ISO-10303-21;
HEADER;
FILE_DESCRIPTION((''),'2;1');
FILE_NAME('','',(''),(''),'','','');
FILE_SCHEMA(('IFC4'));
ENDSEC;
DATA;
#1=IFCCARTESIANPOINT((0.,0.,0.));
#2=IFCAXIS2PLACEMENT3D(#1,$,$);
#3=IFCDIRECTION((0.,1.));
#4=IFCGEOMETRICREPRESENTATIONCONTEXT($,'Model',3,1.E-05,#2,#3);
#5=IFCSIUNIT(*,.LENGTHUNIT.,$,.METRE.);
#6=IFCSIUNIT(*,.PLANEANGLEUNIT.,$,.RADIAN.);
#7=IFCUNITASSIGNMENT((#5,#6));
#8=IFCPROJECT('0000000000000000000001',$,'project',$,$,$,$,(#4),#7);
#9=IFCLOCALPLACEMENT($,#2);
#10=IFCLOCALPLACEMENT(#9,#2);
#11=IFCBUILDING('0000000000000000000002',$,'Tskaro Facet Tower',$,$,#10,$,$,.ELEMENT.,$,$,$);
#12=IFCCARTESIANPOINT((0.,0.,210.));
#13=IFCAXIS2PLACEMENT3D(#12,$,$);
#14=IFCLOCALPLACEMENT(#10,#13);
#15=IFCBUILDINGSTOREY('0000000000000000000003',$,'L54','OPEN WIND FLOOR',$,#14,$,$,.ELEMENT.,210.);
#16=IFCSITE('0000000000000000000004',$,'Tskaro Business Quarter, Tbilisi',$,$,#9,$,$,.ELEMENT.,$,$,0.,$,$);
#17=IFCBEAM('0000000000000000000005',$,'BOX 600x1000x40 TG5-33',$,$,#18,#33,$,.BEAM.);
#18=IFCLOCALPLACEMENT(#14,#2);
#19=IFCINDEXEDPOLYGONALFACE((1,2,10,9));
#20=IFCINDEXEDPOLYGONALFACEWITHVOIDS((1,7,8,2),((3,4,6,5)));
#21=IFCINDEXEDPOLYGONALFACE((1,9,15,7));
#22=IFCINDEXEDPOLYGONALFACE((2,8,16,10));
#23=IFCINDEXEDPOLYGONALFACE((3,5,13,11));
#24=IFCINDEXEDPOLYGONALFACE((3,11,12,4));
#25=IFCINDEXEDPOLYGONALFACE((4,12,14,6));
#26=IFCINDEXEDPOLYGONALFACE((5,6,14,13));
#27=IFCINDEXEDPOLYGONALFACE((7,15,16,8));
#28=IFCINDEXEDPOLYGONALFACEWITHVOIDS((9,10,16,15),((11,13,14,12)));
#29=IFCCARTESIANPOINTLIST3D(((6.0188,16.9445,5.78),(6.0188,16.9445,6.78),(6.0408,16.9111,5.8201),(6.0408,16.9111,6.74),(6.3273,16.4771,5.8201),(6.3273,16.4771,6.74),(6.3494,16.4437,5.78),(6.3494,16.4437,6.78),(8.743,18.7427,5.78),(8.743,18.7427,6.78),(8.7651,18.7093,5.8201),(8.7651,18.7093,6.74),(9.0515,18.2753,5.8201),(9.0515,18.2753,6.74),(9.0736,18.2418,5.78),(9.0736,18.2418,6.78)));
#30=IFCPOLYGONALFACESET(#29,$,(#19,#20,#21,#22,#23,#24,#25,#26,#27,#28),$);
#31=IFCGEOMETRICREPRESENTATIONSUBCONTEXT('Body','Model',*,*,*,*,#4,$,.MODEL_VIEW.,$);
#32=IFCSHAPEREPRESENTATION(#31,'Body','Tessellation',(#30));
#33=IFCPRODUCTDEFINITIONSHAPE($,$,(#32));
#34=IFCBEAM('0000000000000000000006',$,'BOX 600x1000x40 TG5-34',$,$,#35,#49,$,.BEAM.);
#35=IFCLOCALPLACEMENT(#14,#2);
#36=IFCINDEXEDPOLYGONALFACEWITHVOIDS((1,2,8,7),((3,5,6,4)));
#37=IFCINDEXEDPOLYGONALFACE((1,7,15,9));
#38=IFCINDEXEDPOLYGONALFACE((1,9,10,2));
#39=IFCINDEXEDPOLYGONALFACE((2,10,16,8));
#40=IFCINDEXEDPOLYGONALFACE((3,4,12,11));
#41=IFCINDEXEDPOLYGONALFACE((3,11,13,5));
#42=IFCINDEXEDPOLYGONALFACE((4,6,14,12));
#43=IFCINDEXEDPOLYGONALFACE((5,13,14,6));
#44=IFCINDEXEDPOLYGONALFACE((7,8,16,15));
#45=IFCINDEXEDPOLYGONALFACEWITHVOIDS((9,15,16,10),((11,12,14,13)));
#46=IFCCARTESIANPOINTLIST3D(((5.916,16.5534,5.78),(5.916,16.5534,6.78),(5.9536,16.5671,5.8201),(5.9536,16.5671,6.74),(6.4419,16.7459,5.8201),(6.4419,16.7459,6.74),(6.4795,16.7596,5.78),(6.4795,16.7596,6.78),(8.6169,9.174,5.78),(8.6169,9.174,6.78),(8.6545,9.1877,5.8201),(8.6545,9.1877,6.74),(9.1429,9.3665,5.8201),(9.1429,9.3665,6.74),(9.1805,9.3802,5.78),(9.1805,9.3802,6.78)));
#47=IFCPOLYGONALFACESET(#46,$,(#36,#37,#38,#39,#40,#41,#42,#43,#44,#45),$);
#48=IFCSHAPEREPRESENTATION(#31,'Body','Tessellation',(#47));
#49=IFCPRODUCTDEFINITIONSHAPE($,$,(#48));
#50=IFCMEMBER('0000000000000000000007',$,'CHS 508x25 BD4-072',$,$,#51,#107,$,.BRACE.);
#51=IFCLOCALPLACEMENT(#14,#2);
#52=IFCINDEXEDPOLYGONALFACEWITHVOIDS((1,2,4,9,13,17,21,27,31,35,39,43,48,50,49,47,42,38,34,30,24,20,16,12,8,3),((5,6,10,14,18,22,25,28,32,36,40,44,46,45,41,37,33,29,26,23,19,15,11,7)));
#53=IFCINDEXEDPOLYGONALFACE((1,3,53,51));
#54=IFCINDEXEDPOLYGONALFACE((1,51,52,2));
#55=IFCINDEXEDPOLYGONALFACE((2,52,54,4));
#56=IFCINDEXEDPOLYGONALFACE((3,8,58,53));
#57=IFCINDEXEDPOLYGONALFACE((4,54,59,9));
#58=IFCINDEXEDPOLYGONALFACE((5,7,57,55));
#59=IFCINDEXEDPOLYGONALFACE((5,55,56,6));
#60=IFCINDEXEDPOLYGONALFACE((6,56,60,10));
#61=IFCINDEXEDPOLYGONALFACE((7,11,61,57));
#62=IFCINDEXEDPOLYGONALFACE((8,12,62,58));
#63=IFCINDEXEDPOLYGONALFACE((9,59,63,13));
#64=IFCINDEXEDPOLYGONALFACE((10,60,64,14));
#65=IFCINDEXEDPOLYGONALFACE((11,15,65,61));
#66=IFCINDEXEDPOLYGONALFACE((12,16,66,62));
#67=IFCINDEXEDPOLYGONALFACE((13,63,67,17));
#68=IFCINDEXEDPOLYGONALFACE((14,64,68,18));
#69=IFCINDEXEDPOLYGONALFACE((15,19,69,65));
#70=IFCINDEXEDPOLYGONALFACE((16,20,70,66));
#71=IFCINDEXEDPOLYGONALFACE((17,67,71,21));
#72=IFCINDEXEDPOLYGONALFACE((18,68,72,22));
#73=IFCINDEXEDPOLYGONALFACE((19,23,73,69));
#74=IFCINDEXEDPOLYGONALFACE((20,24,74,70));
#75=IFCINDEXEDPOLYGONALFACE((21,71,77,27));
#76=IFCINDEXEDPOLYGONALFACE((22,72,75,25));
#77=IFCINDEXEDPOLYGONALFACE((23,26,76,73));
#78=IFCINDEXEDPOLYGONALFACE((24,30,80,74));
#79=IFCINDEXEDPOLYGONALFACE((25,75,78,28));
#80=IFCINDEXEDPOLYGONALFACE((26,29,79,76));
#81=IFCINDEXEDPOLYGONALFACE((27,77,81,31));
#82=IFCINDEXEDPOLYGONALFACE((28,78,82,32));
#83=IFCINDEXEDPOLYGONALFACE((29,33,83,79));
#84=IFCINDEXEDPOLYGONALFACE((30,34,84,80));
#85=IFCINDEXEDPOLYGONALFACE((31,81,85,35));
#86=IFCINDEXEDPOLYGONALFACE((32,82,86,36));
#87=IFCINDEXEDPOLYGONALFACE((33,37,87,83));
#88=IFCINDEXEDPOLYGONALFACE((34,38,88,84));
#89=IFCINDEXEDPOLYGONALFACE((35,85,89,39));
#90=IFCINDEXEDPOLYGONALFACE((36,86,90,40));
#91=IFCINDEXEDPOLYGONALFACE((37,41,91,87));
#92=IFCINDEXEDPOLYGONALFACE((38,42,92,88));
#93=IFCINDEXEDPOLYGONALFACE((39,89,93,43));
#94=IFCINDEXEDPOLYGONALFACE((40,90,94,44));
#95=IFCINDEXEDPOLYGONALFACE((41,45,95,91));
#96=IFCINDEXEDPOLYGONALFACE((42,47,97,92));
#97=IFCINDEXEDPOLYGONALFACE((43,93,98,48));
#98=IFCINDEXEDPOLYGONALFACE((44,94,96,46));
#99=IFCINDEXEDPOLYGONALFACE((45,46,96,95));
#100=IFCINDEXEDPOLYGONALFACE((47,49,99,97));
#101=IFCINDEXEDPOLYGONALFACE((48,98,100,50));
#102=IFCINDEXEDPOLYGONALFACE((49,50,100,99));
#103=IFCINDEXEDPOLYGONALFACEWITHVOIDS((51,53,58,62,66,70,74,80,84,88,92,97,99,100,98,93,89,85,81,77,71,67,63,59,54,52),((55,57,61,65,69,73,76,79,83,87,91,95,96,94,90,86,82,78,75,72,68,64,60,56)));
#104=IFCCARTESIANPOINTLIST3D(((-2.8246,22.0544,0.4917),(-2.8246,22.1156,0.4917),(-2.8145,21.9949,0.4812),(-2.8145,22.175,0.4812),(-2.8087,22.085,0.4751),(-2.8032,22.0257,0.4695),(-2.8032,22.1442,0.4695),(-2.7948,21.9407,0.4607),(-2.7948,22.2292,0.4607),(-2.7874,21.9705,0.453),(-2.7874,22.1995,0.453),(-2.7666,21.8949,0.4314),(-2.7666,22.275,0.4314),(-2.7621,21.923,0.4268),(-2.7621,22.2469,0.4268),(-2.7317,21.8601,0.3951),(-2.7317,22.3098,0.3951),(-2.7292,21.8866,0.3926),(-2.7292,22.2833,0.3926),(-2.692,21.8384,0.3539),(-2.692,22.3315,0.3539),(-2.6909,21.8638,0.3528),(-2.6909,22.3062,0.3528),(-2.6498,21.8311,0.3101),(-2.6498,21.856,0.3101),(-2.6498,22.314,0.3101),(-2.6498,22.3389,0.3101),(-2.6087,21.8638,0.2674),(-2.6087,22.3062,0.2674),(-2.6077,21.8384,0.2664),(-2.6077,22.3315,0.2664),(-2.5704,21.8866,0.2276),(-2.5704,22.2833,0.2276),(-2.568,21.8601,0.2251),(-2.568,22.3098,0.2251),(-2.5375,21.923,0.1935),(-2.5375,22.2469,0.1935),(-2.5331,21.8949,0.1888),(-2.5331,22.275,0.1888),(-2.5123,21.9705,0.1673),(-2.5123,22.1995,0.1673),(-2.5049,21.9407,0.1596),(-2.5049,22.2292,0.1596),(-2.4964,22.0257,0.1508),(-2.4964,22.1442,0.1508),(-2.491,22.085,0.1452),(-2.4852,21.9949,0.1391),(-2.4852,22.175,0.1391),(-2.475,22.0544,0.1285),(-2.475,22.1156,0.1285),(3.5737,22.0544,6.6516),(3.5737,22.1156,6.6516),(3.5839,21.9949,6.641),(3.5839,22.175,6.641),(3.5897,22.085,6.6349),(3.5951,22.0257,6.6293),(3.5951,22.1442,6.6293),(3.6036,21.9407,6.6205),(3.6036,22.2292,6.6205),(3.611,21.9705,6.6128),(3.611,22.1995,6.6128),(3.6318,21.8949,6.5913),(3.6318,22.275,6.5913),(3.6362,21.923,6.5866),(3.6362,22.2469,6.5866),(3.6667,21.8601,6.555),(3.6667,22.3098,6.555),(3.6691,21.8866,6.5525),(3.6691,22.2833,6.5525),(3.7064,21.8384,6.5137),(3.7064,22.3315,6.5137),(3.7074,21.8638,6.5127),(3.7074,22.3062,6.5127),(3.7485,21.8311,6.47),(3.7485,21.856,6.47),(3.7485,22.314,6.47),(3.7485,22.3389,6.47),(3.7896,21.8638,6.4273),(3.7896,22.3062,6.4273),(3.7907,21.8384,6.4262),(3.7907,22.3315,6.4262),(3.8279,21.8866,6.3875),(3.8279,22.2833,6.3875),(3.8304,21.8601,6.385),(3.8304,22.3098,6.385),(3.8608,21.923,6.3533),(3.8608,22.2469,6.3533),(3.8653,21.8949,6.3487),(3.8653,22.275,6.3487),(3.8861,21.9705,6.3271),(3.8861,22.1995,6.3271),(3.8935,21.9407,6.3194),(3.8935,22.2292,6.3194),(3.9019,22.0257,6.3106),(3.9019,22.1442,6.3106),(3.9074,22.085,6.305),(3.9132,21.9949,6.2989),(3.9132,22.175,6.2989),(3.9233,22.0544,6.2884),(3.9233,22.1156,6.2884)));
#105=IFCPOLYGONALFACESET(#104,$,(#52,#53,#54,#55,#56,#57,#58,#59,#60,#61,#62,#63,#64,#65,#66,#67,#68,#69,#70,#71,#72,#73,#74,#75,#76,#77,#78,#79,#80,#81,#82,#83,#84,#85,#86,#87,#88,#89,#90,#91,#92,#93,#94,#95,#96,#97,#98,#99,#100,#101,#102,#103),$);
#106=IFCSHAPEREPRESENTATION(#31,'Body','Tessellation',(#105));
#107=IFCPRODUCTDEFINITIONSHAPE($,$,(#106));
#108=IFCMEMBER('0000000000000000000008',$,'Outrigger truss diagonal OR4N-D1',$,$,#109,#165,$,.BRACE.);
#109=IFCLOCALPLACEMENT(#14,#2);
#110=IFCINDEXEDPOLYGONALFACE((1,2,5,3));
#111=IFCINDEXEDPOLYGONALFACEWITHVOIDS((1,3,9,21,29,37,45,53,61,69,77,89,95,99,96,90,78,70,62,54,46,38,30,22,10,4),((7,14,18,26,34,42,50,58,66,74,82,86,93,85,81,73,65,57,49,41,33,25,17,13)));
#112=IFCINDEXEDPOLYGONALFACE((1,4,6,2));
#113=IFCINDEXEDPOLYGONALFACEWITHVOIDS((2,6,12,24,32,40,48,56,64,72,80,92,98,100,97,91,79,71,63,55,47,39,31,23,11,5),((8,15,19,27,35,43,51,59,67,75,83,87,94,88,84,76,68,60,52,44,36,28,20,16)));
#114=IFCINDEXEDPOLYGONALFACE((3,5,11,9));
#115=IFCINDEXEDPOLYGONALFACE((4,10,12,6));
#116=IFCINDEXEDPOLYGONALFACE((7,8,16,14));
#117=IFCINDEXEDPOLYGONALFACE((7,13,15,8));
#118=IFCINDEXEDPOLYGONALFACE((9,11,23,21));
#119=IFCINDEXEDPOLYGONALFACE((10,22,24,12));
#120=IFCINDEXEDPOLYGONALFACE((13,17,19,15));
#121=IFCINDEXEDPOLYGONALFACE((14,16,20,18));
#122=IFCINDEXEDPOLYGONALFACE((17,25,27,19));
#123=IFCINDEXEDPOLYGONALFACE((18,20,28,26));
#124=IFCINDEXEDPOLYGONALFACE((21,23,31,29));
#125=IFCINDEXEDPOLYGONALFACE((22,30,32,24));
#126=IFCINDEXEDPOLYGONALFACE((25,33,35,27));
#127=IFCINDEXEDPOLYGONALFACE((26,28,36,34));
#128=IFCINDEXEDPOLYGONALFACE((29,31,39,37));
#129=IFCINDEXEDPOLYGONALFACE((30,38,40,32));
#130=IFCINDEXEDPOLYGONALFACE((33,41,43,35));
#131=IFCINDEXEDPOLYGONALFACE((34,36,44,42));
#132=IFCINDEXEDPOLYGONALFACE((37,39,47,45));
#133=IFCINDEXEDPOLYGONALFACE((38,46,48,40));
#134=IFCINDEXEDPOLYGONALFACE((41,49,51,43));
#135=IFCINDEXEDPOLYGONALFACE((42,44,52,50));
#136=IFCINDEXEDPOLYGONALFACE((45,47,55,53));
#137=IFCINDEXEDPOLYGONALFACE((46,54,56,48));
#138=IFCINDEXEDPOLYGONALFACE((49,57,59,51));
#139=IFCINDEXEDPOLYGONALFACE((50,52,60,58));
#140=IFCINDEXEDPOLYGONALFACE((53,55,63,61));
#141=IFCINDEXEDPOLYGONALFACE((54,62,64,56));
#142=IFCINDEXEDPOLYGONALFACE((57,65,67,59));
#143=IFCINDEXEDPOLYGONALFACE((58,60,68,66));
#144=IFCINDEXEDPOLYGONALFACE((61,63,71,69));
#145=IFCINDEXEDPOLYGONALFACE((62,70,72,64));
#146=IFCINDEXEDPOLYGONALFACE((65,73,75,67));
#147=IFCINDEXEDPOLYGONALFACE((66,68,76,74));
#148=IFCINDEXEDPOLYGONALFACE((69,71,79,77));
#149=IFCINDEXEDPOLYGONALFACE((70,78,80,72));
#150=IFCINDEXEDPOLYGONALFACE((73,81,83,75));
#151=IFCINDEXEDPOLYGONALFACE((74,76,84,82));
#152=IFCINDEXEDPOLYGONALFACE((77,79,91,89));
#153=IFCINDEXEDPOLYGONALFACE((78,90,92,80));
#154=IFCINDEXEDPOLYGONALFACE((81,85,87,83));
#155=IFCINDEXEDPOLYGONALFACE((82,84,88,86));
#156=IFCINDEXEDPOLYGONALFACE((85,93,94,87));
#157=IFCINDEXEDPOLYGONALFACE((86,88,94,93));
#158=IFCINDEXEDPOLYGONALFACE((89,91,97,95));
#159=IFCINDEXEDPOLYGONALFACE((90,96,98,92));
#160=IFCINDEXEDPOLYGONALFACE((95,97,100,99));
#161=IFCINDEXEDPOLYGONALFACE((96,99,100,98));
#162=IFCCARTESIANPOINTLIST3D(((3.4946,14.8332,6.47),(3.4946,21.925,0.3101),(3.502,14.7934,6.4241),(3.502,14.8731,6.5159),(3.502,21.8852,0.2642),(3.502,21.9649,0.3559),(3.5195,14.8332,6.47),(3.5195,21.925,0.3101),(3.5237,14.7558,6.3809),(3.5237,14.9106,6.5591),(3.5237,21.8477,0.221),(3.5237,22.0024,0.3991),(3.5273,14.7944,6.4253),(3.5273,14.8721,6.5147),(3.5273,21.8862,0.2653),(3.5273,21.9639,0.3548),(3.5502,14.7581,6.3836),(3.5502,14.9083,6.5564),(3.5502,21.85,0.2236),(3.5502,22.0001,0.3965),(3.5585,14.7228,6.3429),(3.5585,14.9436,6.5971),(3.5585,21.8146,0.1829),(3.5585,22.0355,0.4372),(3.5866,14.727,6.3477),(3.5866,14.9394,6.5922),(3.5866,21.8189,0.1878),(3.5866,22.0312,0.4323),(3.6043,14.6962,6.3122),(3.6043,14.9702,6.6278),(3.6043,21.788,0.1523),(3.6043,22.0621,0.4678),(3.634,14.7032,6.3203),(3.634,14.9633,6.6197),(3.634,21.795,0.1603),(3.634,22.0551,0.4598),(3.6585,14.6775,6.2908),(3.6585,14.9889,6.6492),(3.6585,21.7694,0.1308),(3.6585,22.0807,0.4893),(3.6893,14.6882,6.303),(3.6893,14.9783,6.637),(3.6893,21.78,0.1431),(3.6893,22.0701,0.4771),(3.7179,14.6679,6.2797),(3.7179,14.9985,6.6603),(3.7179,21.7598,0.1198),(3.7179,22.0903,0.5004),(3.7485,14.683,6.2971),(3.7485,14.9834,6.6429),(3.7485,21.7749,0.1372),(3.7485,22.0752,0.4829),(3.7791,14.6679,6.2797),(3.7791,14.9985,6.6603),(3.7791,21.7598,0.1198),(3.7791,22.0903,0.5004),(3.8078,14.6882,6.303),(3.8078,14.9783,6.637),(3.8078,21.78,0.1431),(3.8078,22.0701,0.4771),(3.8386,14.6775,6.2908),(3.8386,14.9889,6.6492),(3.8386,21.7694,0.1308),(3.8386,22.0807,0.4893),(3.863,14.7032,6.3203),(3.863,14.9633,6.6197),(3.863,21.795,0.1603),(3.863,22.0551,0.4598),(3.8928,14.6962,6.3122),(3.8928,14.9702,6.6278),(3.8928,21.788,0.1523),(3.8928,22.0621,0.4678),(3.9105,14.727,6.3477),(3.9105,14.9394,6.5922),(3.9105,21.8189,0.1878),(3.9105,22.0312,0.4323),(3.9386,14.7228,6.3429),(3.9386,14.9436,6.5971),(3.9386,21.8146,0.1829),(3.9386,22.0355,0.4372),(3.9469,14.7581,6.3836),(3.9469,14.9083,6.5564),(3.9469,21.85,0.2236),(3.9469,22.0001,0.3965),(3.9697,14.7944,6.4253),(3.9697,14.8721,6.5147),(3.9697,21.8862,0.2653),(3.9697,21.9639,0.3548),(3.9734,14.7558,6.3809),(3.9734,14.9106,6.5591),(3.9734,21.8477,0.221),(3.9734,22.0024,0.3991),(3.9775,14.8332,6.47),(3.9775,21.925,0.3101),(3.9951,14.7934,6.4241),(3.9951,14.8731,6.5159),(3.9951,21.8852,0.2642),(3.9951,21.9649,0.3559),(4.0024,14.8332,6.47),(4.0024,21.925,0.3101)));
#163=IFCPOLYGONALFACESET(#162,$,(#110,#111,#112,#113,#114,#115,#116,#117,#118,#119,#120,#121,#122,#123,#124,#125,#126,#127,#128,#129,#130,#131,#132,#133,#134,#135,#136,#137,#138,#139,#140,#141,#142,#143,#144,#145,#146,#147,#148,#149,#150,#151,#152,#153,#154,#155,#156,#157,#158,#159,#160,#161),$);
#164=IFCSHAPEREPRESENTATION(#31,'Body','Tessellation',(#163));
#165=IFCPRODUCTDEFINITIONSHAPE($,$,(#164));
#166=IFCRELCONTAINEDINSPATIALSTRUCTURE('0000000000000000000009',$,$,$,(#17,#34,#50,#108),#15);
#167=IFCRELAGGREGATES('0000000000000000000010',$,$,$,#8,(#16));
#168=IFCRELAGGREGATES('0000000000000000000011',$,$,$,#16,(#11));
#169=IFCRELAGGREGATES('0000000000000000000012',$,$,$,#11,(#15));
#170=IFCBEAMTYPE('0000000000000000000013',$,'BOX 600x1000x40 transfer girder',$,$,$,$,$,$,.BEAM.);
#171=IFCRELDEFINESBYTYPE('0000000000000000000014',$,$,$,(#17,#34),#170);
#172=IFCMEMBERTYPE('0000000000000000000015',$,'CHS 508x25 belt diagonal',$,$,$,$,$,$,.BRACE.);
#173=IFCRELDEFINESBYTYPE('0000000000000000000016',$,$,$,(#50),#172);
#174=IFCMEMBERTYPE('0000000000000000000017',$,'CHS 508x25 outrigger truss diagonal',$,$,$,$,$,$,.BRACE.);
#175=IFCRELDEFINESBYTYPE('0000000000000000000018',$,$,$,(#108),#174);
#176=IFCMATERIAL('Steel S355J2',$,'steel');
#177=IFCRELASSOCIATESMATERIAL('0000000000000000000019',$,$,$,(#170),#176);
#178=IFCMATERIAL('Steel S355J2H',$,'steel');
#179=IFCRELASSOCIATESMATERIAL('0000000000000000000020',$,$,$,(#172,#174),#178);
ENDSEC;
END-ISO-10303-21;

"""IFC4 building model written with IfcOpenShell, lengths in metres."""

from ifc_helpers import new_model, si_unit, direction, frame, origin, origin_2d, place, context, subcontext, project, spatial, hollow_rectangle, hollow_circle, extrude, material, material_profile, profile_set, type_object, element, save


model = new_model("IFC4")

# Units and contexts
model_context = context("Model", 3, precision=1e-05, world=origin(), true_north=direction((0.0, 1.0)))
body_context = subcontext(model_context, "Body", "Model", "MODEL_VIEW")
ifc_project = project(units=[si_unit("LENGTHUNIT", "METRE"), si_unit("PLANEANGLEUNIT", "RADIAN")], contexts=[model_context])

# Site, building, storey
site_placement = place(None, origin())
site = spatial("IfcSite", under=ifc_project, at=site_placement, Name="Tskaro Business Quarter, Tbilisi", CompositionType="ELEMENT", RefElevation=0.0)
building_placement = place(site_placement, origin())
building = spatial("IfcBuilding", under=site, at=building_placement, Name="Tskaro Facet Tower", CompositionType="ELEMENT")
storey_placement = place(building_placement, frame((0.0, 0.0, 210.0)))
storey = spatial("IfcBuildingStorey", under=building, at=storey_placement, Name="L54", Description="OPEN WIND FLOOR", CompositionType="ELEMENT", Elevation=210.0)

# Shared definitions
ifc_material_1 = material(Name="Steel S355J2H", Category="steel")

# Beams
ifc_material_2 = material(Name="Steel S355J2", Category="steel")
ifc_material_profile_1 = material_profile(ifc_material_2, hollow_rectangle(XDim=0.6001, YDim=1.0, WallThickness=0.04, at=origin_2d()), Name="BOX 600x1000x40")
ifc_profile_set_1 = profile_set([ifc_material_profile_1], Name="Steel S355J2")
beam_type_1 = type_object("IfcBeamType", Name="BOX 600x1000x40 transfer girder", PredefinedType="BEAM", material=ifc_profile_set_1)
beam_1_placement = place(storey_placement, frame((6.1841, 16.6941, 6.28), z_axis=(0.834585, 0.55088, 0.0), x_axis=(-0.55088, 0.834585, 0.0)))
element("IfcBeam", 1, at=beam_1_placement, inside=storey, type_object=beam_type_1, Name="BOX 600x1000x40 TG5-33", PredefinedType="BEAM", context=body_context, shape_type="SweptSolid", body=[
    extrude(hollow_rectangle(XDim=0.6001, YDim=1.0, WallThickness=0.04, at=origin_2d()), origin(), (0.0, 0.0, 1.0), 3.2642),
])
beam_2_placement = place(storey_placement, frame((6.1978, 16.6565, 6.28), z_axis=(0.343711, -0.939076, 0.0), x_axis=(0.939076, 0.343711, 0.0)))
element("IfcBeam", 2, at=beam_2_placement, inside=storey, type_object=beam_type_1, Name="BOX 600x1000x40 TG5-34", PredefinedType="BEAM", context=body_context, shape_type="SweptSolid", body=[
    extrude(hollow_rectangle(XDim=0.6001, YDim=1.0, WallThickness=0.04, at=origin_2d()), origin(), (0.0, 0.0, 1.0), 7.8582),
])

# Members
ifc_material_profile_2 = material_profile(ifc_material_1, hollow_circle(Radius=0.2539, WallThickness=0.0249, at=origin_2d()), Name="CHS 508x25")
ifc_profile_set_2 = profile_set([ifc_material_profile_2], Name="Steel S355J2H")
member_type_1 = type_object("IfcMemberType", Name="CHS 508x25 belt diagonal", PredefinedType="BRACE", material=ifc_profile_set_2)
member_1_placement = place(storey_placement, frame((3.7485, 22.085, 6.47), z_axis=(-0.720407, 0.0, -0.693551), x_axis=(0.0, -1.0, 0.0)))
element("IfcMember", 3, at=member_1_placement, inside=storey, type_object=member_type_1, Name="CHS 508x25 BD4-072", PredefinedType="BRACE", context=body_context, shape_type="SweptSolid", body=[
    extrude(hollow_circle(Radius=0.2539, WallThickness=0.0249, at=origin_2d()), origin(), (0.0, 0.0, 1.0), 8.8816),
])
ifc_material_profile_3 = material_profile(ifc_material_1, hollow_circle(Radius=0.2539, WallThickness=0.0249, at=origin_2d()), Name="CHS 508x25")
ifc_profile_set_3 = profile_set([ifc_material_profile_3], Name="Steel S355J2H")
member_type_2 = type_object("IfcMemberType", Name="CHS 508x25 outrigger truss diagonal", PredefinedType="BRACE", material=ifc_profile_set_3)
member_2_placement = place(storey_placement, frame((3.7485, 21.925, 0.3101), z_axis=(0.0, -0.754967, 0.655762), x_axis=(1.0, 0.0, 0.0)))
element("IfcMember", 4, at=member_2_placement, inside=storey, type_object=member_type_2, Name="Outrigger truss diagonal OR4N-D1", PredefinedType="BRACE", context=body_context, shape_type="SweptSolid", body=[
    extrude(hollow_circle(Radius=0.2539, WallThickness=0.0249, at=origin_2d()), origin(), (0.0, 0.0, 1.0), 9.3936),
])

save(model, "model.ifc")
